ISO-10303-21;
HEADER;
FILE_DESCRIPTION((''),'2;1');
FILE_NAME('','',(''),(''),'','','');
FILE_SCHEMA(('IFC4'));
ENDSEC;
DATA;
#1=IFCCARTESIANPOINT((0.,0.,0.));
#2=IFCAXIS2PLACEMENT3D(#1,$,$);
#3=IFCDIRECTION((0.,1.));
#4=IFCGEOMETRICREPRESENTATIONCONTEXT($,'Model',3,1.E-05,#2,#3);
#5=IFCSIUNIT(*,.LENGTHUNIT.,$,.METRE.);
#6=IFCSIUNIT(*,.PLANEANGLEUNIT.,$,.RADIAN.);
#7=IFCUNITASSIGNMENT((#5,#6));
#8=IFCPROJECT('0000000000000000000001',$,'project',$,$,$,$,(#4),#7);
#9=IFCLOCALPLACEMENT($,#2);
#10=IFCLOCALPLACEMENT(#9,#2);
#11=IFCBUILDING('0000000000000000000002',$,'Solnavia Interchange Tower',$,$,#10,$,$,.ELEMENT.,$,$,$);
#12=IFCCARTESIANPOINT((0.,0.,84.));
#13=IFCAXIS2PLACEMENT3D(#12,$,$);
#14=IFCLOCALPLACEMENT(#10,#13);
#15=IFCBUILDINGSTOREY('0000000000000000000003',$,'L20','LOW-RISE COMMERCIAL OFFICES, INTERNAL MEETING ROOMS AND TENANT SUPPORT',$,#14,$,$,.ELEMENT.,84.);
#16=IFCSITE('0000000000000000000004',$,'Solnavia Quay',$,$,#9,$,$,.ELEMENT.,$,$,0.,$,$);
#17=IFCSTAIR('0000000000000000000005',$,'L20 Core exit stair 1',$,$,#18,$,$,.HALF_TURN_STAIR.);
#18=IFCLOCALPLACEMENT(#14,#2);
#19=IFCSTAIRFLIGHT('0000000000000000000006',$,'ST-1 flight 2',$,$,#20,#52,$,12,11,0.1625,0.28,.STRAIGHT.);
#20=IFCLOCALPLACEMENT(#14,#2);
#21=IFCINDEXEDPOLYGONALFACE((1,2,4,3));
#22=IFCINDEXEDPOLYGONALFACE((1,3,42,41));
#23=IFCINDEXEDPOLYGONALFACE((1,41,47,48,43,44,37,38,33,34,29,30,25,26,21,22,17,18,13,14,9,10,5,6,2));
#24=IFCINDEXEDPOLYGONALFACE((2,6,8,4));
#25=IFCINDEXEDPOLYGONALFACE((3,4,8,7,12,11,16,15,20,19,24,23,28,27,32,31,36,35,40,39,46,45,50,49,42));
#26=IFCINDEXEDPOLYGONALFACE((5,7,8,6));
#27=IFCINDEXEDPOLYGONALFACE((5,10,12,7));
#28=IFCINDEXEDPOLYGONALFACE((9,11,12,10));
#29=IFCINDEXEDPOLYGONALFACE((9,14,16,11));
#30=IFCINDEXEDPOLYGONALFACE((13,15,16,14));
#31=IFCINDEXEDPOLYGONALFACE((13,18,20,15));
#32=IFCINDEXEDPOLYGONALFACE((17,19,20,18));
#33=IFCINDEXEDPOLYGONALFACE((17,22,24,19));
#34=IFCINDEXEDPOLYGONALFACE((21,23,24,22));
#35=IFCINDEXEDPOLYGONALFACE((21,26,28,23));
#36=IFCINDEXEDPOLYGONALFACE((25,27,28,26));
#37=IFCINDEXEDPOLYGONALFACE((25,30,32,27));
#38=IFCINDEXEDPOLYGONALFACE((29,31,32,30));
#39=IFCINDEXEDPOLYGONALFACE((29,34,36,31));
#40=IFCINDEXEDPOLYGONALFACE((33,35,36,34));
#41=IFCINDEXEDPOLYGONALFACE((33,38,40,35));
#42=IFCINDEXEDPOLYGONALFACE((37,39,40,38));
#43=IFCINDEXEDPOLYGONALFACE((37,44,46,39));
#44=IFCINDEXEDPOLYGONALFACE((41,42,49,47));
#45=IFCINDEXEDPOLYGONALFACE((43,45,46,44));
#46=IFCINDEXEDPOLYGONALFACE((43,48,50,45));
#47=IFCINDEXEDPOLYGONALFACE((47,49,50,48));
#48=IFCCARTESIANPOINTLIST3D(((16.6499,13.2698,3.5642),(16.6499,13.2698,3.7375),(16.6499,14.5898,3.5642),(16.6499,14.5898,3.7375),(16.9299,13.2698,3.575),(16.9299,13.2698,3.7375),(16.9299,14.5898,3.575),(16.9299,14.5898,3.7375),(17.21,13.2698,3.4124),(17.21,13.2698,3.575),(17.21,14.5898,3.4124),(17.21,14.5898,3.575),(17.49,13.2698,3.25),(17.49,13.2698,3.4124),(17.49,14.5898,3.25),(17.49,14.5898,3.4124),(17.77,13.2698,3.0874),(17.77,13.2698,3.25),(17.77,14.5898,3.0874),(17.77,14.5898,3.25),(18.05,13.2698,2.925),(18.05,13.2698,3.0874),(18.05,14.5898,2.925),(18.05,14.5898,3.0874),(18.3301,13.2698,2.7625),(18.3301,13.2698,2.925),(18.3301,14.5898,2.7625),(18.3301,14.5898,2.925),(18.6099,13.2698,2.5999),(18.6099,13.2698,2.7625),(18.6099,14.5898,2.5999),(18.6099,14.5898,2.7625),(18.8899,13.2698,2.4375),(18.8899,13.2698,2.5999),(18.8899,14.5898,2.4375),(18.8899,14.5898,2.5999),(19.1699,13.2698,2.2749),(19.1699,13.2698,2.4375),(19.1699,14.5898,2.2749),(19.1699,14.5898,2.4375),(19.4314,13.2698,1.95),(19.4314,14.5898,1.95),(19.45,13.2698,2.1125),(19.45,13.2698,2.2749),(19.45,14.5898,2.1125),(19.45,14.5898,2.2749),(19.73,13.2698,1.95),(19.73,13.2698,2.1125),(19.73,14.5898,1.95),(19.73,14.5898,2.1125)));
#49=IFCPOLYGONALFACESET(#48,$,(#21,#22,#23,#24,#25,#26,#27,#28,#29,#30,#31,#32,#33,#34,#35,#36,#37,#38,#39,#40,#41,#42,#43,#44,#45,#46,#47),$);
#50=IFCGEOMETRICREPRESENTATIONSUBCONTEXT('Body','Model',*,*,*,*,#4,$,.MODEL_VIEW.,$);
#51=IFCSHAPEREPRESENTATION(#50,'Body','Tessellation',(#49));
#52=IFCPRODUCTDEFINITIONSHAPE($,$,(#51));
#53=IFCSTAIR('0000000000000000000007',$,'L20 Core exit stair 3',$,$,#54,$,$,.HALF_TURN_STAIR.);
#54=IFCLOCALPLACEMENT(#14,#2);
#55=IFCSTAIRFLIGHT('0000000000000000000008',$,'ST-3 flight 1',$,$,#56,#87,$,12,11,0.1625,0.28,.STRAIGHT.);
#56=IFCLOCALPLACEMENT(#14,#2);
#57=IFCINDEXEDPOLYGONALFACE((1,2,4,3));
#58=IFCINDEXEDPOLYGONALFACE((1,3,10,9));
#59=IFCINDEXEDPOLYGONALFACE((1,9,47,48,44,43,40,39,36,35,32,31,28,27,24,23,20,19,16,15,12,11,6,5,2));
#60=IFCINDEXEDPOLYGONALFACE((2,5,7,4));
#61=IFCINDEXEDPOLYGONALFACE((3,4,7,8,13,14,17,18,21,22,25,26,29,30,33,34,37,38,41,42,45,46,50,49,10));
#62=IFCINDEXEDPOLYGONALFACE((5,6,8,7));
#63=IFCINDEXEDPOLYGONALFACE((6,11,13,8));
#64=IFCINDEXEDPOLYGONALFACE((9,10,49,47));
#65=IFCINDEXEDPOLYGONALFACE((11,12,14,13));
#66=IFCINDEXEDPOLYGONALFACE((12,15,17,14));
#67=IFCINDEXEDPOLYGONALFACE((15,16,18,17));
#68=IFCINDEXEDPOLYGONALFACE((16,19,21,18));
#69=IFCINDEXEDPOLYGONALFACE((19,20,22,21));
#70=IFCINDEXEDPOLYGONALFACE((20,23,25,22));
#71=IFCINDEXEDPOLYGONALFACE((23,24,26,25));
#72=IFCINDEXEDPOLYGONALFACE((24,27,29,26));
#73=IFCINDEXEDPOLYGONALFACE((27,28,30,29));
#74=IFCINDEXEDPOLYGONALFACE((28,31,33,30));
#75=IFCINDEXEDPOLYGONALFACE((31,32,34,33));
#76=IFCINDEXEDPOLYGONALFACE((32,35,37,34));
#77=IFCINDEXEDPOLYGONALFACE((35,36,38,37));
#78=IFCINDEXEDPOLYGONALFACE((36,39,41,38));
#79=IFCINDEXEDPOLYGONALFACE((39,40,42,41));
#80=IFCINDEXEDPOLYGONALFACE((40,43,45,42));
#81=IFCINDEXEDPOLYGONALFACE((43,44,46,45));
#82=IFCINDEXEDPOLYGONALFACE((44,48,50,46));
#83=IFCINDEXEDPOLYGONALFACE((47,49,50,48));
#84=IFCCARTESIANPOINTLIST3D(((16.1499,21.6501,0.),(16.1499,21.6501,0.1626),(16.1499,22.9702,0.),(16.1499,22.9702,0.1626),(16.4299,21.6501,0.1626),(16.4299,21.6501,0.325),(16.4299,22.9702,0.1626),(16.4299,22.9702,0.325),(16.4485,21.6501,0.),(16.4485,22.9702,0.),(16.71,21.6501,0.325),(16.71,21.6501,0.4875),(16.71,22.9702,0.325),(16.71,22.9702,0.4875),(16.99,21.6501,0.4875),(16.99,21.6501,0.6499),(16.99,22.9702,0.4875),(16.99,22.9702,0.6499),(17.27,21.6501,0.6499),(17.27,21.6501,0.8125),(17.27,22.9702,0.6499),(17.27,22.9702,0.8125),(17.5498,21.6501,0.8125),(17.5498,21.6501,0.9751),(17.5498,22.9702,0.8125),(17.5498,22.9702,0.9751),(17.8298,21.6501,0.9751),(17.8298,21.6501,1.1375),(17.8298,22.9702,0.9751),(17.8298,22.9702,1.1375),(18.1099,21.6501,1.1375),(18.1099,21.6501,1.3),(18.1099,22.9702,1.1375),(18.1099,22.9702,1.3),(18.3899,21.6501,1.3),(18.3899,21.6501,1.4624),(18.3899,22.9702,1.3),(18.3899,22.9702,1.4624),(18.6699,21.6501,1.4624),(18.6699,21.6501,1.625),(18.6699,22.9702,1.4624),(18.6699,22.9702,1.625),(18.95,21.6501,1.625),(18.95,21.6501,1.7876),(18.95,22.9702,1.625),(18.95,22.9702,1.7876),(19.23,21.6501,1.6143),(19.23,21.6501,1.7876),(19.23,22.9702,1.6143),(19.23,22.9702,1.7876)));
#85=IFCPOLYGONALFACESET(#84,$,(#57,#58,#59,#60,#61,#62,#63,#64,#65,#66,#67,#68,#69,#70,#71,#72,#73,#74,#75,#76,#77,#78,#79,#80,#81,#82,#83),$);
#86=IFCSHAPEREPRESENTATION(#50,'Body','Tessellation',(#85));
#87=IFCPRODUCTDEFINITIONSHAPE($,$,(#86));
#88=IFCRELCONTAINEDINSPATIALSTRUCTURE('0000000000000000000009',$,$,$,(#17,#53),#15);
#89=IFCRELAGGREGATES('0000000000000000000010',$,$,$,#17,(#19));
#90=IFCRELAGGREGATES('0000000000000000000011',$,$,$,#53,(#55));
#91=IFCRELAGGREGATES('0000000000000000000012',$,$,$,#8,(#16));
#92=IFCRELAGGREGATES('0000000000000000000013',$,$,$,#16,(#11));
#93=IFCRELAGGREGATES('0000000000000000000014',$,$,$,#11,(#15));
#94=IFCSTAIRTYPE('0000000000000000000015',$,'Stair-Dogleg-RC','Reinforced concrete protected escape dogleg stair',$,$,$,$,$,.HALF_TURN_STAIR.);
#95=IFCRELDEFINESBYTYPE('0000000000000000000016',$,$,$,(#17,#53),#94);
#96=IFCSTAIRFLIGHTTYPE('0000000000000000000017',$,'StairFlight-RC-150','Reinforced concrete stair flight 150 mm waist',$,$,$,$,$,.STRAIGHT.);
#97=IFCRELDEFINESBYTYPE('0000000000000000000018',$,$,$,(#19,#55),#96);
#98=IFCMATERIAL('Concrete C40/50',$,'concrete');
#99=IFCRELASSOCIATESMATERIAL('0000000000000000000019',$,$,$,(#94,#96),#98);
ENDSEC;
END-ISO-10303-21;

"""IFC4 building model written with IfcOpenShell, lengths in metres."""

from ifc_helpers import new_model, si_unit, direction, frame, origin, place, context, subcontext, project, spatial, polyline, outline, extrude, material, type_object, element, aggregate, save


model = new_model("IFC4")

# Units and contexts
model_context = context("Model", 3, precision=1e-05, world=origin(), true_north=direction((0.0, 1.0)))
body_context = subcontext(model_context, "Body", "Model", "MODEL_VIEW")
ifc_project = project(units=[si_unit("LENGTHUNIT", "METRE"), si_unit("PLANEANGLEUNIT", "RADIAN")], contexts=[model_context])

# Site, building, storey
site_placement = place(None, origin())
site = spatial("IfcSite", under=ifc_project, at=site_placement, Name="Solnavia Quay", CompositionType="ELEMENT", RefElevation=0.0)
building_placement = place(site_placement, origin())
building = spatial("IfcBuilding", under=site, at=building_placement, Name="Solnavia Interchange Tower", CompositionType="ELEMENT")
storey_placement = place(building_placement, frame((0.0, 0.0, 84.0)))
storey = spatial("IfcBuildingStorey", under=building, at=storey_placement, Name="L20", Description="LOW-RISE COMMERCIAL OFFICES, INTERNAL MEETING ROOMS AND TENANT SUPPORT", CompositionType="ELEMENT", Elevation=84.0)

# Shared definitions
ifc_material_1 = material(Name="Concrete C40/50", Category="concrete")

# Stairs, stair flights
stair_type = type_object("IfcStairType", Name="Stair-Dogleg-RC", Description="Reinforced concrete protected escape dogleg stair", PredefinedType="HALF_TURN_STAIR", material=ifc_material_1)
stair_1_placement = place(storey_placement, origin())
stair_1 = element("IfcStair", 1, at=stair_1_placement, inside=storey, type_object=stair_type, Name="L20 Core exit stair 1", PredefinedType="HALF_TURN_STAIR")
stair_flight_type = type_object("IfcStairFlightType", Name="StairFlight-RC-150", Description="Reinforced concrete stair flight 150 mm waist", PredefinedType="STRAIGHT", material=ifc_material_1)
stair_flight_1_placement = place(storey_placement, frame((19.73, 13.9299, 1.95), z_axis=(0.0, 0.0, 1.0), x_axis=(-1.0, 0.0, 0.0)))
stair_flight_1 = element("IfcStairFlight", 2, at=stair_flight_1_placement, type_object=stair_flight_type, Name="ST-1 flight 2", NumberOfRisers=12, NumberOfTreads=11, PredefinedType="STRAIGHT", RiserHeight=0.1625, TreadLength=0.28, context=body_context, shape_type="SweptSolid", body=[
    extrude(outline(polyline([(0.0, 0.0), (0.0, 0.1626), (0.28, 0.1626), (0.28, 0.325), (0.5601, 0.325), (0.5601, 0.4875), (0.8401, 0.4875), (0.8401, 0.6499), (1.1201, 0.6499), (1.1201, 0.8125), (1.3999, 0.8125), (1.3999, 0.9751), (1.6799, 0.9751), (1.6799, 1.1375), (1.96, 1.1375), (1.96, 1.3), (2.24, 1.3), (2.24, 1.4624), (2.52, 1.4624), (2.52, 1.625), (2.8, 1.625), (2.8, 1.7876), (3.0801, 1.7876), (3.0801, 1.95), (3.0801, 1.6143), (0.2986, 0.0), (0.0, 0.0)])), frame((0.0, 0.6602, 0.0), z_axis=(0.0, -1.0, 0.0), x_axis=(1.0, 0.0, 0.0)), (0.0, 0.0, 1.0), 1.3201),
])
aggregate(stair_1, [stair_flight_1])
stair_2_placement = place(storey_placement, origin())
stair_2 = element("IfcStair", 3, at=stair_2_placement, inside=storey, type_object=stair_type, Name="L20 Core exit stair 3", PredefinedType="HALF_TURN_STAIR")
stair_flight_2_placement = place(storey_placement, frame((16.1499, 22.3101, 0.0), z_axis=(0.0, 0.0, 1.0), x_axis=(1.0, 0.0, 0.0)))
stair_flight_2 = element("IfcStairFlight", 4, at=stair_flight_2_placement, type_object=stair_flight_type, Name="ST-3 flight 1", NumberOfRisers=12, NumberOfTreads=11, PredefinedType="STRAIGHT", RiserHeight=0.1625, TreadLength=0.28, context=body_context, shape_type="SweptSolid", body=[
    extrude(outline(polyline([(0.0, 0.0), (0.0, 0.1626), (0.28, 0.1626), (0.28, 0.325), (0.5601, 0.325), (0.5601, 0.4875), (0.8401, 0.4875), (0.8401, 0.6499), (1.1201, 0.6499), (1.1201, 0.8125), (1.3999, 0.8125), (1.3999, 0.9751), (1.6799, 0.9751), (1.6799, 1.1375), (1.96, 1.1375), (1.96, 1.3), (2.24, 1.3), (2.24, 1.4624), (2.52, 1.4624), (2.52, 1.625), (2.8, 1.625), (2.8, 1.7876), (3.0801, 1.7876), (3.0801, 1.95), (3.0801, 1.6143), (0.2986, 0.0), (0.0, 0.0)])), frame((0.0, 0.6602, 0.0), z_axis=(0.0, -1.0, 0.0), x_axis=(1.0, 0.0, 0.0)), (0.0, 0.0, 1.0), 1.3201),
])
aggregate(stair_2, [stair_flight_2])

save(model, "model.ifc")
